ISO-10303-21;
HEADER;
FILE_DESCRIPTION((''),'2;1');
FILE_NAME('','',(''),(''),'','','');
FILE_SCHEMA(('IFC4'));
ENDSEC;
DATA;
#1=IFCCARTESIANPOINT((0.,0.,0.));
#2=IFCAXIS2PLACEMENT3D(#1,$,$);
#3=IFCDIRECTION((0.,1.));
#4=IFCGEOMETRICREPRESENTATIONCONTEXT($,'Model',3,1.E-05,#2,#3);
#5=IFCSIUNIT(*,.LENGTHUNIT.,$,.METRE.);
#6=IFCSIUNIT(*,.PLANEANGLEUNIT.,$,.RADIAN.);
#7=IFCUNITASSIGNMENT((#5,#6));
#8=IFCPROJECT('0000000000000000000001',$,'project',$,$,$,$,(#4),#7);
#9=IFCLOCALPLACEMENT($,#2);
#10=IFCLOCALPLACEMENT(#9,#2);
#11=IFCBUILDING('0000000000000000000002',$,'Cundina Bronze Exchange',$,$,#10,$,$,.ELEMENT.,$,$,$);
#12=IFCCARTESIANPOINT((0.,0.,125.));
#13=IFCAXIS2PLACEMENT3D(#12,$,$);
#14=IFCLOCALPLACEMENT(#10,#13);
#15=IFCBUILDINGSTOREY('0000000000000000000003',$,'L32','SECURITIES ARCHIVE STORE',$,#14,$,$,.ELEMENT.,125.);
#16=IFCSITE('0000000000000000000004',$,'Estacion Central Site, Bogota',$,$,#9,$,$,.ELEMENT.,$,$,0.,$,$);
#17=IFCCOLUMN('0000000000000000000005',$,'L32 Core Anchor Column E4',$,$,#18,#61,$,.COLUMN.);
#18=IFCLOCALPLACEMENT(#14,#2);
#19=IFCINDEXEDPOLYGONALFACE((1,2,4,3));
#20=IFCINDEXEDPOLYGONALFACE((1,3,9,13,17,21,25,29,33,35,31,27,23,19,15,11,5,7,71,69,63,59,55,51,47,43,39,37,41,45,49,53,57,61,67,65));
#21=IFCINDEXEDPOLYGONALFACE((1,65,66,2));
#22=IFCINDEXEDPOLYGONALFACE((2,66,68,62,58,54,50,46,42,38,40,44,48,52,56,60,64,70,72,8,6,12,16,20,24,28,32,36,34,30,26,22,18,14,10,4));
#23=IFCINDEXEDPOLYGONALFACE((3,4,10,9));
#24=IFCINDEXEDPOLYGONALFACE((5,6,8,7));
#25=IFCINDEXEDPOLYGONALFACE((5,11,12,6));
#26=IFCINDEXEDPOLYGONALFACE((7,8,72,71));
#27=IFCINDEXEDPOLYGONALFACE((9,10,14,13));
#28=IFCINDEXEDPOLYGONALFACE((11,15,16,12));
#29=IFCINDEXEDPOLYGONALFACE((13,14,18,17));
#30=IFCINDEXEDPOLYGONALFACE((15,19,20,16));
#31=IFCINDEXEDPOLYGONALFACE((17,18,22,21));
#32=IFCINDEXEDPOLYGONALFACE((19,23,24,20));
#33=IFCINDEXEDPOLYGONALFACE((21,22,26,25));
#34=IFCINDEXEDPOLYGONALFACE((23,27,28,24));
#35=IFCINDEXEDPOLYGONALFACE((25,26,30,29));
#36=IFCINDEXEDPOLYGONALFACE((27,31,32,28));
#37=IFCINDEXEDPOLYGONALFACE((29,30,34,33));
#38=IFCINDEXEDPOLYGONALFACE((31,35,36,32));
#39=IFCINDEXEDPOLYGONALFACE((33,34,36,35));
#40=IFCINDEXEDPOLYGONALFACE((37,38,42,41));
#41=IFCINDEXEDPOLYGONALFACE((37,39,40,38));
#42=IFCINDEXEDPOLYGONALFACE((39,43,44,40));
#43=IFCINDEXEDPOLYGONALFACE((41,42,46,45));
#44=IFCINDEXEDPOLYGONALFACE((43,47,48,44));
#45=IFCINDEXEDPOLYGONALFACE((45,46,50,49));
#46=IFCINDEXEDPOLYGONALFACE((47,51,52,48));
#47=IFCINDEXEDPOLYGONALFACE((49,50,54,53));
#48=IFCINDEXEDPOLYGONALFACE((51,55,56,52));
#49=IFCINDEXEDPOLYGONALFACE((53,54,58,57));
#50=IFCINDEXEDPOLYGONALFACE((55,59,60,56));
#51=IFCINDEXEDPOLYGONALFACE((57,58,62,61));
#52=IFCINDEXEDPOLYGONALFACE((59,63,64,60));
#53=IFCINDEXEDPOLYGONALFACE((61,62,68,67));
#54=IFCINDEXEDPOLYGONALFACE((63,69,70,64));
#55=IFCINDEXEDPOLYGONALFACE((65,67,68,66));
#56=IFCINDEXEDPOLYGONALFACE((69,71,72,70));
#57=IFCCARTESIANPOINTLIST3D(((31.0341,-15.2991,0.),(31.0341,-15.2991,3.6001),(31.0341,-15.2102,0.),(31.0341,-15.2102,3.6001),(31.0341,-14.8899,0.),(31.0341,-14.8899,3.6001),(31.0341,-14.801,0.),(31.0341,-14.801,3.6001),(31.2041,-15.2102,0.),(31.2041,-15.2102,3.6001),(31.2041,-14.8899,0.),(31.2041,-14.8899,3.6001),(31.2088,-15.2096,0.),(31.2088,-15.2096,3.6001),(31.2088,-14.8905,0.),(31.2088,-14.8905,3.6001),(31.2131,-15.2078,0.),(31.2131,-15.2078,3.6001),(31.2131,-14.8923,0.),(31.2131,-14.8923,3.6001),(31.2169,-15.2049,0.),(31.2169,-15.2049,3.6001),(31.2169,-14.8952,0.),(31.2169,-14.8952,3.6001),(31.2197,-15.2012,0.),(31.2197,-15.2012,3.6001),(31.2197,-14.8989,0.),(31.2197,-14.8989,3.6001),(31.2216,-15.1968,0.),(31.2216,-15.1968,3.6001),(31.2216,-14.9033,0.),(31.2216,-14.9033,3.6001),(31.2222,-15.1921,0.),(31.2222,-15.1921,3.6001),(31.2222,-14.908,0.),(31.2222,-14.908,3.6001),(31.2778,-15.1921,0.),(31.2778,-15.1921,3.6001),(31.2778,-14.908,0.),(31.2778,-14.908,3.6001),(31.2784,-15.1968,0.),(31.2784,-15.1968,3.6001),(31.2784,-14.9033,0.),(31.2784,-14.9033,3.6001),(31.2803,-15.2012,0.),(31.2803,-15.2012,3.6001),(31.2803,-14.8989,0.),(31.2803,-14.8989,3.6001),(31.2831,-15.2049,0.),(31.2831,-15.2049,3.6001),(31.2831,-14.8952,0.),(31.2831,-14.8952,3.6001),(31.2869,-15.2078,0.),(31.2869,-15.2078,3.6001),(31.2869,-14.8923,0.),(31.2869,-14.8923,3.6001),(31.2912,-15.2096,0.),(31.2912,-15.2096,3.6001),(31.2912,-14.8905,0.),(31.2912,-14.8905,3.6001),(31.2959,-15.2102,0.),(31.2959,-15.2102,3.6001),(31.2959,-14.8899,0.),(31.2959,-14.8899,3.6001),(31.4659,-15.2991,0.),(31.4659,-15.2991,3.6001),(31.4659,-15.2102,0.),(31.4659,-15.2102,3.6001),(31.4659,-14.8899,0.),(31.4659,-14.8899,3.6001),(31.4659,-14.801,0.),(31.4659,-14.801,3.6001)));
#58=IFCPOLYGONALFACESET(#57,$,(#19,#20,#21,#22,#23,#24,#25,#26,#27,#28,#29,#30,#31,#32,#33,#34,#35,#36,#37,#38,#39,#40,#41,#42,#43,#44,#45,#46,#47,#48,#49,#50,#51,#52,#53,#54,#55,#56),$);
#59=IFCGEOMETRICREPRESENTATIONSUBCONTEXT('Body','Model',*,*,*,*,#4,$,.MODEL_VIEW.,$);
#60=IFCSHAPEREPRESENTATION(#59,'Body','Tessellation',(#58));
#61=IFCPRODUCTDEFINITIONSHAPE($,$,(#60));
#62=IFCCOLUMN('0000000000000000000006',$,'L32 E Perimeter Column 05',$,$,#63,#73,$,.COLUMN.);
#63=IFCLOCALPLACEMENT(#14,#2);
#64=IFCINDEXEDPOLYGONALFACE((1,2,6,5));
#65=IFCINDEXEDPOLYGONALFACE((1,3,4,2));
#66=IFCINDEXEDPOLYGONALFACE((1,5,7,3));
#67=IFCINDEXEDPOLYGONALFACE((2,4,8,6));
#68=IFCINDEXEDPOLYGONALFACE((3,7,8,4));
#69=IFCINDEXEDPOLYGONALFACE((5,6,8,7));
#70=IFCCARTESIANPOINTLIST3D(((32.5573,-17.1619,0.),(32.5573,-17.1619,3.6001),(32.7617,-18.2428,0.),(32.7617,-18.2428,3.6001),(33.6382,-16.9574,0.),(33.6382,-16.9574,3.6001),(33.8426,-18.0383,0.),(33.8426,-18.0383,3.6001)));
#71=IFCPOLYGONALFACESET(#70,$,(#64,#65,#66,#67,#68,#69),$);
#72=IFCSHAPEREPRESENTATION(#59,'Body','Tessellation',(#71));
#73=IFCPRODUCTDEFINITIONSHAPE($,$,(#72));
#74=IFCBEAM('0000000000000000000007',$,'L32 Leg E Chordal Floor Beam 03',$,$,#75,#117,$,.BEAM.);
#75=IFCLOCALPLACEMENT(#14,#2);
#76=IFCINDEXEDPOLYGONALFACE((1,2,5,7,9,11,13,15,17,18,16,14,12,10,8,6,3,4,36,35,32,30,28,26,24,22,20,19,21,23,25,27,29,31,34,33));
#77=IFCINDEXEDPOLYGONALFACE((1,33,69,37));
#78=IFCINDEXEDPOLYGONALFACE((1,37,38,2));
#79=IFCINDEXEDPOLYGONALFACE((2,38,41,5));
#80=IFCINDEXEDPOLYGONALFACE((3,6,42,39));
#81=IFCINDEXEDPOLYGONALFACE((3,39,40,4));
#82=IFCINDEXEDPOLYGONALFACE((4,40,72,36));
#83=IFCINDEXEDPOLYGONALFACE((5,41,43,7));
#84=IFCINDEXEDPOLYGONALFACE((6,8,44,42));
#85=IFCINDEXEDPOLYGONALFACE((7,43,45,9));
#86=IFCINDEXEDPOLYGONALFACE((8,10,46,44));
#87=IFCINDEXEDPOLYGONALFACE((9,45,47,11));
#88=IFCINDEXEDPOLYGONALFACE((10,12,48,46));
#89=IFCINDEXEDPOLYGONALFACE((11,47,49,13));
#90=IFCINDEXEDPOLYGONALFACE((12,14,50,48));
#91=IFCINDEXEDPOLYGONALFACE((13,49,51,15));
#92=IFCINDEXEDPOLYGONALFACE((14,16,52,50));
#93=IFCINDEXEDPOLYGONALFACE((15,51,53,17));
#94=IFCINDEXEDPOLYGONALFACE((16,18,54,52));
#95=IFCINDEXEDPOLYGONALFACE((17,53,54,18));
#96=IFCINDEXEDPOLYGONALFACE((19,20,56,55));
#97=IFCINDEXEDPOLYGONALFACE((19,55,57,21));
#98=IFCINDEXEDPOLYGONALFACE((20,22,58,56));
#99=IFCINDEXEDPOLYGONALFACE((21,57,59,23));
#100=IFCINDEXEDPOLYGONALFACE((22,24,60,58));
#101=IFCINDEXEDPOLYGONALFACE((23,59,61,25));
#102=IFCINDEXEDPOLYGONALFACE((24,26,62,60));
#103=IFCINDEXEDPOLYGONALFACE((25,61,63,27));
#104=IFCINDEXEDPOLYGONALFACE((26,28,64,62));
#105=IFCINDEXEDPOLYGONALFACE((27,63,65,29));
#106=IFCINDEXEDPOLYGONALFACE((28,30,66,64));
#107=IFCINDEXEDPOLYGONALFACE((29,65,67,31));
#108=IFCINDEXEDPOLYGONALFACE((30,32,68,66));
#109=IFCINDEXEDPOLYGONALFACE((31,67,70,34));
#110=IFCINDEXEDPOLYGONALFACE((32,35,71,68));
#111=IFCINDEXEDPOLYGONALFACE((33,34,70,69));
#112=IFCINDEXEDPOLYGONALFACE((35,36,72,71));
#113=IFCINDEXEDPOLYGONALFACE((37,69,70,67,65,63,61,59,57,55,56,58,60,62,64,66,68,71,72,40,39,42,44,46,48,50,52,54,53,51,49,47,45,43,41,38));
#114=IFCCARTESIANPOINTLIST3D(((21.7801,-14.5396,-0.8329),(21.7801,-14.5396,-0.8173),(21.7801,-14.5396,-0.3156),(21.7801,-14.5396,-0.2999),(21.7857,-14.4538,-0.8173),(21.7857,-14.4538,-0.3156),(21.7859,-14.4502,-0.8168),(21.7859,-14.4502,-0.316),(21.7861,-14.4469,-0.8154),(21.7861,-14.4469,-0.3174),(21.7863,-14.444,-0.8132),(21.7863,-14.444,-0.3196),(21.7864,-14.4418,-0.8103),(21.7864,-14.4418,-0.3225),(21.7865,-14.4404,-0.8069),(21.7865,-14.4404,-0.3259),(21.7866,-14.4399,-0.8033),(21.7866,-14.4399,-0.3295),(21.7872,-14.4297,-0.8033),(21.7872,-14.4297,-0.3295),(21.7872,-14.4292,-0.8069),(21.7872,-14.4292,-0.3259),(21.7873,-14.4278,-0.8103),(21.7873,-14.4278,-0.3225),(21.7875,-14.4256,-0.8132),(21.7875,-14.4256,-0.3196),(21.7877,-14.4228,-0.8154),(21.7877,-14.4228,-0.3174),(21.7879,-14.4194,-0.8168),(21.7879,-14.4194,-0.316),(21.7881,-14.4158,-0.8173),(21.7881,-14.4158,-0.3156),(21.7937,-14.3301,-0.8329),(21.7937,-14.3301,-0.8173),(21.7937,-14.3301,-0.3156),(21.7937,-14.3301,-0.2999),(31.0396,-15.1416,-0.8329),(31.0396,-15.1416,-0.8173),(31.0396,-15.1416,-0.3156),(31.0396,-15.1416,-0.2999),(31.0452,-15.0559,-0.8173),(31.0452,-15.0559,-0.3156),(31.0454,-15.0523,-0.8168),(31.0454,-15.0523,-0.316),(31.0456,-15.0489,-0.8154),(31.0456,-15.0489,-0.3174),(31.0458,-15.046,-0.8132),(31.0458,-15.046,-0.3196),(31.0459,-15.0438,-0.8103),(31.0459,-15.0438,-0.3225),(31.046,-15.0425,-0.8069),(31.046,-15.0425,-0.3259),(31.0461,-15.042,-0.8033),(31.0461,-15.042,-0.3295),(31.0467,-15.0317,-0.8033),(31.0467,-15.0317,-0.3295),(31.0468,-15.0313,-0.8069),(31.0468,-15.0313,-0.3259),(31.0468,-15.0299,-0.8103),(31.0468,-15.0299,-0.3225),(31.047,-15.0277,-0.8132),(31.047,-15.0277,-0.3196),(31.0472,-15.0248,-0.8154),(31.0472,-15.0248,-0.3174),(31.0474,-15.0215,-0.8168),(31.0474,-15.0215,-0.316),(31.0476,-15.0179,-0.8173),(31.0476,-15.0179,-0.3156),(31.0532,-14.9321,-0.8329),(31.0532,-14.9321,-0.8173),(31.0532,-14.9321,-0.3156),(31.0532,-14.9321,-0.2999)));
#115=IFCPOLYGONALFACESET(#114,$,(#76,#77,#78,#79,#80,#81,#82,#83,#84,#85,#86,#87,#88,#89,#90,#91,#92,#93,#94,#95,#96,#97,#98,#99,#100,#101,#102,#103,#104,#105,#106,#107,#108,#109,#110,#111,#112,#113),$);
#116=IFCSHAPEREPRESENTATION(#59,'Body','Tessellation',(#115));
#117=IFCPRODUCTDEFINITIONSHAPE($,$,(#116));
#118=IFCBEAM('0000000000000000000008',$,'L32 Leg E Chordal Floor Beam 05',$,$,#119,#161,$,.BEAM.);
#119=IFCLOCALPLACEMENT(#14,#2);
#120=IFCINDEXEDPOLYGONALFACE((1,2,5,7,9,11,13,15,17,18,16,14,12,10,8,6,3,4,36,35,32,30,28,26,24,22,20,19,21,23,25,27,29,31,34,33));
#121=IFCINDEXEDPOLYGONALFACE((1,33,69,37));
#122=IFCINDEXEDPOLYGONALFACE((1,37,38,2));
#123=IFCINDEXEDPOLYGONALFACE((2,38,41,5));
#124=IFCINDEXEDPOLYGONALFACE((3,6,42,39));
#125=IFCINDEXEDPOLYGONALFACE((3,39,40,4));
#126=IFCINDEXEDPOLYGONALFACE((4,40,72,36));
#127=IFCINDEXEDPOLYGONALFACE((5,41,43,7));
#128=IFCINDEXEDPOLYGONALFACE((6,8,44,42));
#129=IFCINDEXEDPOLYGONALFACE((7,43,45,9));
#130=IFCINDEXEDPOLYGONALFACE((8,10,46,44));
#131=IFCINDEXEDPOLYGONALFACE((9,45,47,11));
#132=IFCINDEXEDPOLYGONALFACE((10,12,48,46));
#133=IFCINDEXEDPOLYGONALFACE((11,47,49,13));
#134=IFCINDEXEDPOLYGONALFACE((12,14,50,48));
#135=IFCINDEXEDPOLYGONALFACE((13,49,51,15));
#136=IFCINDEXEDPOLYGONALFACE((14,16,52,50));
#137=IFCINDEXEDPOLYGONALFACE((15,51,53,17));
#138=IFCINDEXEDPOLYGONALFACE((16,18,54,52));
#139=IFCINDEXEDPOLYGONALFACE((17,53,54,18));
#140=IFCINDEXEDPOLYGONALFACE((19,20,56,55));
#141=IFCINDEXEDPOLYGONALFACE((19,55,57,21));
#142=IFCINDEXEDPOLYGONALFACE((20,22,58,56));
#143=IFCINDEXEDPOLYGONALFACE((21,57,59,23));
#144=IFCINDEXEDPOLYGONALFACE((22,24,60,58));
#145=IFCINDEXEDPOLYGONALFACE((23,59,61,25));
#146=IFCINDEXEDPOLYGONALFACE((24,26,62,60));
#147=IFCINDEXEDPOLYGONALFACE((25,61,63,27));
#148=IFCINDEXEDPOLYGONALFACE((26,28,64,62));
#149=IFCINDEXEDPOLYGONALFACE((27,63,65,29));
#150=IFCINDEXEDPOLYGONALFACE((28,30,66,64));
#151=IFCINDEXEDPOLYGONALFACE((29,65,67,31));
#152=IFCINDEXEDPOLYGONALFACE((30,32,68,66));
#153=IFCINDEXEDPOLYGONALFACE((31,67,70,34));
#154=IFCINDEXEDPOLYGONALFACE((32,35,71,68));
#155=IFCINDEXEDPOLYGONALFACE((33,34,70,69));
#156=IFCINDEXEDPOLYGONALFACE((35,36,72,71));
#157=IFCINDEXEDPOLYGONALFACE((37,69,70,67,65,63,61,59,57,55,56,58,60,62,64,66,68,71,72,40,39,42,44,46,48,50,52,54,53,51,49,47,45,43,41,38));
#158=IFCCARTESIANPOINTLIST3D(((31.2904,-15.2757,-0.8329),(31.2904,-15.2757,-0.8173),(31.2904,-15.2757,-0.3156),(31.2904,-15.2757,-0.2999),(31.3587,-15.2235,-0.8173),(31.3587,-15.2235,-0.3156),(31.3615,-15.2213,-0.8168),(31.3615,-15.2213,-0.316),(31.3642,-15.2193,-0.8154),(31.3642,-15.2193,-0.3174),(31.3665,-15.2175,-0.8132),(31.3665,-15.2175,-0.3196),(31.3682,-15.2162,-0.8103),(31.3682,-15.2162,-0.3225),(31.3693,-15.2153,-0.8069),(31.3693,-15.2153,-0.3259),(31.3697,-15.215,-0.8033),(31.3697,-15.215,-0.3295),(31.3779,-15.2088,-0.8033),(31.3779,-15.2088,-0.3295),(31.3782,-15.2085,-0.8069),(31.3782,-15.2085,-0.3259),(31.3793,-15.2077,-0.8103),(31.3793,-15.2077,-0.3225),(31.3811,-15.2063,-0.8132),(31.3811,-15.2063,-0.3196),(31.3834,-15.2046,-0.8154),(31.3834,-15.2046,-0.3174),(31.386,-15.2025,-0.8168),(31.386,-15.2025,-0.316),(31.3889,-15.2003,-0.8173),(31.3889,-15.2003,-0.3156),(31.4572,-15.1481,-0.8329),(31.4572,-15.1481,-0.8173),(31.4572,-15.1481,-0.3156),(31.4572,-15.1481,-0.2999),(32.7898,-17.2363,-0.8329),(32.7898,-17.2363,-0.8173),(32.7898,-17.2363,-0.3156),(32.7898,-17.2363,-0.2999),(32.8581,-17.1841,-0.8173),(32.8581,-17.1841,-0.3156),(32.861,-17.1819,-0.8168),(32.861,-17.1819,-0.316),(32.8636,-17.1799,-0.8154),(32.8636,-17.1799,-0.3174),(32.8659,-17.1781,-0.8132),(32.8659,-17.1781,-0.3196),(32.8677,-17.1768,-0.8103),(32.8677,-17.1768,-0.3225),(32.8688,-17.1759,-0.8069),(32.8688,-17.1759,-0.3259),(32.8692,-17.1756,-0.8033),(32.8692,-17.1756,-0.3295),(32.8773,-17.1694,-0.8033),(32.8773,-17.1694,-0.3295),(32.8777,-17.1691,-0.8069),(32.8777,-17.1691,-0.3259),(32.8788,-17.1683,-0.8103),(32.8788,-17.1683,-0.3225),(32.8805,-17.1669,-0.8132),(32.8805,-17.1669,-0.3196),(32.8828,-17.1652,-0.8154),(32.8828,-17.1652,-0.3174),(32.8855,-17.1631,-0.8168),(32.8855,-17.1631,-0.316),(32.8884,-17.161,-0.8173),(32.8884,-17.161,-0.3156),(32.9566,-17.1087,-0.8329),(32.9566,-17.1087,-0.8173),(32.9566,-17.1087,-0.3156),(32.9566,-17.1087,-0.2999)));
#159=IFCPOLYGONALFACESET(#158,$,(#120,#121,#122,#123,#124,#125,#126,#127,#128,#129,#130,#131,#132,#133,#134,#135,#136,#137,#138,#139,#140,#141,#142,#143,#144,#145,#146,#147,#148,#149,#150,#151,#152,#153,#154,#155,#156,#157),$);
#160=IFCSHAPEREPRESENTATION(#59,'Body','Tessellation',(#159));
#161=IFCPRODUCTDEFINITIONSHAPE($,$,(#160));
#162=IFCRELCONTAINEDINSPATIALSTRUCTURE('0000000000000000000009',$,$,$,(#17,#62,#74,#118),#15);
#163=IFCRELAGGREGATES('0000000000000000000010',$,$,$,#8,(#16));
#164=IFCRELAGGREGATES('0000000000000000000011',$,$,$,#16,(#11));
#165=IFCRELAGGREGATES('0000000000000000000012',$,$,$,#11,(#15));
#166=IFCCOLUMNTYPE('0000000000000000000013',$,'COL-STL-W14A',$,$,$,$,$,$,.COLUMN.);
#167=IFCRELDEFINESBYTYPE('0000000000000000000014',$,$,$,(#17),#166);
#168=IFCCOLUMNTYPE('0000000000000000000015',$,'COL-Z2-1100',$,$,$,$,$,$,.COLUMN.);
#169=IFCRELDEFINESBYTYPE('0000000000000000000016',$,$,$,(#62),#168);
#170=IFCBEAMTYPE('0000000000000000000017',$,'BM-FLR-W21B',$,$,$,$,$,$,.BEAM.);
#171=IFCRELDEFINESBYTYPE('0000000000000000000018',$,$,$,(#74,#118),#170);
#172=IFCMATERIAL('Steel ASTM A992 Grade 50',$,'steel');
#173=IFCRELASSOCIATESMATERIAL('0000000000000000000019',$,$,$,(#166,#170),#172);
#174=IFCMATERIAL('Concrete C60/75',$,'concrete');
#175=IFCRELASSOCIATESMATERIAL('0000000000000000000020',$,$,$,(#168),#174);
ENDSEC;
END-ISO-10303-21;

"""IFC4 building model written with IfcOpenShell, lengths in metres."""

from ifc_helpers import new_model, si_unit, direction, frame, origin, origin_2d, place, context, subcontext, project, spatial, rectangle, i_section, extrude, material, material_profile, profile_set, type_object, element, save


model = new_model("IFC4")

# Units and contexts
model_context = context("Model", 3, precision=1e-05, world=origin(), true_north=direction((0.0, 1.0)))
body_context = subcontext(model_context, "Body", "Model", "MODEL_VIEW")
ifc_project = project(units=[si_unit("LENGTHUNIT", "METRE"), si_unit("PLANEANGLEUNIT", "RADIAN")], contexts=[model_context])

# Site, building, storey
site_placement = place(None, origin())
site = spatial("IfcSite", under=ifc_project, at=site_placement, Name="Estacion Central Site, Bogota", CompositionType="ELEMENT", RefElevation=0.0)
building_placement = place(site_placement, origin())
building = spatial("IfcBuilding", under=site, at=building_placement, Name="Cundina Bronze Exchange", CompositionType="ELEMENT")
storey_placement = place(building_placement, frame((0.0, 0.0, 125.0)))
storey = spatial("IfcBuildingStorey", under=building, at=storey_placement, Name="L32", Description="SECURITIES ARCHIVE STORE", CompositionType="ELEMENT", Elevation=125.0)

# Columns
ifc_material_1 = material(Name="Steel ASTM A992 Grade 50", Category="steel")
ifc_material_profile_1 = material_profile(ifc_material_1, i_section(OverallWidth=0.4319, OverallDepth=0.498, WebThickness=0.0557, FlangeThickness=0.0889, FilletRadius=0.0181, at=origin_2d()), Name="W14X500", Category="steel")
ifc_profile_set_1 = profile_set([ifc_material_profile_1], Name="Steel ASTM A992 Grade 50")
column_type_1 = type_object("IfcColumnType", Name="COL-STL-W14A", PredefinedType="COLUMN", material=ifc_profile_set_1)
column_1_placement = place(storey_placement, frame((31.25, -15.05, 0.0), z_axis=(0.0, 0.0, 1.0), x_axis=(1.0, 0.0, 0.0)))
element("IfcColumn", 1, at=column_1_placement, inside=storey, type_object=column_type_1, Name="L32 Core Anchor Column E4", PredefinedType="COLUMN", context=body_context, shape_type="SweptSolid", body=[
    extrude(i_section(OverallWidth=0.4319, OverallDepth=0.498, WebThickness=0.0557, FlangeThickness=0.0889, FilletRadius=0.0181, at=origin_2d()), origin(), (0.0, 0.0, 1.0), 3.6001),
])
ifc_material_2 = material(Name="Concrete C60/75", Category="concrete")
ifc_material_profile_2 = material_profile(ifc_material_2, rectangle(XDim=1.1001, YDim=1.1001, at=origin_2d()), Name="RC1100X1100", Category="concrete")
ifc_profile_set_2 = profile_set([ifc_material_profile_2], Name="Concrete C60/75")
column_type_2 = type_object("IfcColumnType", Name="COL-Z2-1100", PredefinedType="COLUMN", material=ifc_profile_set_2)
column_2_placement = place(storey_placement, frame((33.2, -17.6001, 0.0), z_axis=(0.0, 0.0, 1.0), x_axis=(0.98258, 0.185838, 0.0)))
element("IfcColumn", 2, at=column_2_placement, inside=storey, type_object=column_type_2, Name="L32 E Perimeter Column 05", PredefinedType="COLUMN", context=body_context, shape_type="SweptSolid", body=[
    extrude(rectangle(XDim=1.1001, YDim=1.1001, at=origin_2d()), origin(), (0.0, 0.0, 1.0), 3.6001),
])

# Beams
ifc_material_profile_3 = material_profile(ifc_material_1, i_section(OverallWidth=0.21, OverallDepth=0.533, WebThickness=0.0103, FlangeThickness=0.0156, FilletRadius=0.0139, at=origin_2d()), Name="W21X62", Category="steel")
ifc_profile_set_3 = profile_set([ifc_material_profile_3], Name="Steel ASTM A992 Grade 50")
beam_type_1 = type_object("IfcBeamType", Name="BM-FLR-W21B", PredefinedType="BEAM", material=ifc_profile_set_3)
beam_1_placement = place(storey_placement, frame((31.0464, -15.0369, -0.5664), z_axis=(-0.997893, 0.064883, 0.0), x_axis=(-0.064883, -0.997893, 0.0)))
element("IfcBeam", 3, at=beam_1_placement, inside=storey, type_object=beam_type_1, Name="L32 Leg E Chordal Floor Beam 03", PredefinedType="BEAM", context=body_context, shape_type="SweptSolid", body=[
    extrude(i_section(OverallWidth=0.21, OverallDepth=0.533, WebThickness=0.0103, FlangeThickness=0.0156, FilletRadius=0.0139, at=origin_2d()), origin(), (0.0, 0.0, 1.0), 9.2791),
])
beam_2_placement = place(storey_placement, frame((31.3738, -15.2119, -0.5664), z_axis=(0.60749, -0.794327, 0.0), x_axis=(0.794327, 0.60749, 0.0)))
element("IfcBeam", 4, at=beam_2_placement, inside=storey, type_object=beam_type_1, Name="L32 Leg E Chordal Floor Beam 05", PredefinedType="BEAM", context=body_context, shape_type="SweptSolid", body=[
    extrude(i_section(OverallWidth=0.21, OverallDepth=0.533, WebThickness=0.0103, FlangeThickness=0.0156, FilletRadius=0.0139, at=origin_2d()), origin(), (0.0, 0.0, 1.0), 2.4683),
])

save(model, "model.ifc")
